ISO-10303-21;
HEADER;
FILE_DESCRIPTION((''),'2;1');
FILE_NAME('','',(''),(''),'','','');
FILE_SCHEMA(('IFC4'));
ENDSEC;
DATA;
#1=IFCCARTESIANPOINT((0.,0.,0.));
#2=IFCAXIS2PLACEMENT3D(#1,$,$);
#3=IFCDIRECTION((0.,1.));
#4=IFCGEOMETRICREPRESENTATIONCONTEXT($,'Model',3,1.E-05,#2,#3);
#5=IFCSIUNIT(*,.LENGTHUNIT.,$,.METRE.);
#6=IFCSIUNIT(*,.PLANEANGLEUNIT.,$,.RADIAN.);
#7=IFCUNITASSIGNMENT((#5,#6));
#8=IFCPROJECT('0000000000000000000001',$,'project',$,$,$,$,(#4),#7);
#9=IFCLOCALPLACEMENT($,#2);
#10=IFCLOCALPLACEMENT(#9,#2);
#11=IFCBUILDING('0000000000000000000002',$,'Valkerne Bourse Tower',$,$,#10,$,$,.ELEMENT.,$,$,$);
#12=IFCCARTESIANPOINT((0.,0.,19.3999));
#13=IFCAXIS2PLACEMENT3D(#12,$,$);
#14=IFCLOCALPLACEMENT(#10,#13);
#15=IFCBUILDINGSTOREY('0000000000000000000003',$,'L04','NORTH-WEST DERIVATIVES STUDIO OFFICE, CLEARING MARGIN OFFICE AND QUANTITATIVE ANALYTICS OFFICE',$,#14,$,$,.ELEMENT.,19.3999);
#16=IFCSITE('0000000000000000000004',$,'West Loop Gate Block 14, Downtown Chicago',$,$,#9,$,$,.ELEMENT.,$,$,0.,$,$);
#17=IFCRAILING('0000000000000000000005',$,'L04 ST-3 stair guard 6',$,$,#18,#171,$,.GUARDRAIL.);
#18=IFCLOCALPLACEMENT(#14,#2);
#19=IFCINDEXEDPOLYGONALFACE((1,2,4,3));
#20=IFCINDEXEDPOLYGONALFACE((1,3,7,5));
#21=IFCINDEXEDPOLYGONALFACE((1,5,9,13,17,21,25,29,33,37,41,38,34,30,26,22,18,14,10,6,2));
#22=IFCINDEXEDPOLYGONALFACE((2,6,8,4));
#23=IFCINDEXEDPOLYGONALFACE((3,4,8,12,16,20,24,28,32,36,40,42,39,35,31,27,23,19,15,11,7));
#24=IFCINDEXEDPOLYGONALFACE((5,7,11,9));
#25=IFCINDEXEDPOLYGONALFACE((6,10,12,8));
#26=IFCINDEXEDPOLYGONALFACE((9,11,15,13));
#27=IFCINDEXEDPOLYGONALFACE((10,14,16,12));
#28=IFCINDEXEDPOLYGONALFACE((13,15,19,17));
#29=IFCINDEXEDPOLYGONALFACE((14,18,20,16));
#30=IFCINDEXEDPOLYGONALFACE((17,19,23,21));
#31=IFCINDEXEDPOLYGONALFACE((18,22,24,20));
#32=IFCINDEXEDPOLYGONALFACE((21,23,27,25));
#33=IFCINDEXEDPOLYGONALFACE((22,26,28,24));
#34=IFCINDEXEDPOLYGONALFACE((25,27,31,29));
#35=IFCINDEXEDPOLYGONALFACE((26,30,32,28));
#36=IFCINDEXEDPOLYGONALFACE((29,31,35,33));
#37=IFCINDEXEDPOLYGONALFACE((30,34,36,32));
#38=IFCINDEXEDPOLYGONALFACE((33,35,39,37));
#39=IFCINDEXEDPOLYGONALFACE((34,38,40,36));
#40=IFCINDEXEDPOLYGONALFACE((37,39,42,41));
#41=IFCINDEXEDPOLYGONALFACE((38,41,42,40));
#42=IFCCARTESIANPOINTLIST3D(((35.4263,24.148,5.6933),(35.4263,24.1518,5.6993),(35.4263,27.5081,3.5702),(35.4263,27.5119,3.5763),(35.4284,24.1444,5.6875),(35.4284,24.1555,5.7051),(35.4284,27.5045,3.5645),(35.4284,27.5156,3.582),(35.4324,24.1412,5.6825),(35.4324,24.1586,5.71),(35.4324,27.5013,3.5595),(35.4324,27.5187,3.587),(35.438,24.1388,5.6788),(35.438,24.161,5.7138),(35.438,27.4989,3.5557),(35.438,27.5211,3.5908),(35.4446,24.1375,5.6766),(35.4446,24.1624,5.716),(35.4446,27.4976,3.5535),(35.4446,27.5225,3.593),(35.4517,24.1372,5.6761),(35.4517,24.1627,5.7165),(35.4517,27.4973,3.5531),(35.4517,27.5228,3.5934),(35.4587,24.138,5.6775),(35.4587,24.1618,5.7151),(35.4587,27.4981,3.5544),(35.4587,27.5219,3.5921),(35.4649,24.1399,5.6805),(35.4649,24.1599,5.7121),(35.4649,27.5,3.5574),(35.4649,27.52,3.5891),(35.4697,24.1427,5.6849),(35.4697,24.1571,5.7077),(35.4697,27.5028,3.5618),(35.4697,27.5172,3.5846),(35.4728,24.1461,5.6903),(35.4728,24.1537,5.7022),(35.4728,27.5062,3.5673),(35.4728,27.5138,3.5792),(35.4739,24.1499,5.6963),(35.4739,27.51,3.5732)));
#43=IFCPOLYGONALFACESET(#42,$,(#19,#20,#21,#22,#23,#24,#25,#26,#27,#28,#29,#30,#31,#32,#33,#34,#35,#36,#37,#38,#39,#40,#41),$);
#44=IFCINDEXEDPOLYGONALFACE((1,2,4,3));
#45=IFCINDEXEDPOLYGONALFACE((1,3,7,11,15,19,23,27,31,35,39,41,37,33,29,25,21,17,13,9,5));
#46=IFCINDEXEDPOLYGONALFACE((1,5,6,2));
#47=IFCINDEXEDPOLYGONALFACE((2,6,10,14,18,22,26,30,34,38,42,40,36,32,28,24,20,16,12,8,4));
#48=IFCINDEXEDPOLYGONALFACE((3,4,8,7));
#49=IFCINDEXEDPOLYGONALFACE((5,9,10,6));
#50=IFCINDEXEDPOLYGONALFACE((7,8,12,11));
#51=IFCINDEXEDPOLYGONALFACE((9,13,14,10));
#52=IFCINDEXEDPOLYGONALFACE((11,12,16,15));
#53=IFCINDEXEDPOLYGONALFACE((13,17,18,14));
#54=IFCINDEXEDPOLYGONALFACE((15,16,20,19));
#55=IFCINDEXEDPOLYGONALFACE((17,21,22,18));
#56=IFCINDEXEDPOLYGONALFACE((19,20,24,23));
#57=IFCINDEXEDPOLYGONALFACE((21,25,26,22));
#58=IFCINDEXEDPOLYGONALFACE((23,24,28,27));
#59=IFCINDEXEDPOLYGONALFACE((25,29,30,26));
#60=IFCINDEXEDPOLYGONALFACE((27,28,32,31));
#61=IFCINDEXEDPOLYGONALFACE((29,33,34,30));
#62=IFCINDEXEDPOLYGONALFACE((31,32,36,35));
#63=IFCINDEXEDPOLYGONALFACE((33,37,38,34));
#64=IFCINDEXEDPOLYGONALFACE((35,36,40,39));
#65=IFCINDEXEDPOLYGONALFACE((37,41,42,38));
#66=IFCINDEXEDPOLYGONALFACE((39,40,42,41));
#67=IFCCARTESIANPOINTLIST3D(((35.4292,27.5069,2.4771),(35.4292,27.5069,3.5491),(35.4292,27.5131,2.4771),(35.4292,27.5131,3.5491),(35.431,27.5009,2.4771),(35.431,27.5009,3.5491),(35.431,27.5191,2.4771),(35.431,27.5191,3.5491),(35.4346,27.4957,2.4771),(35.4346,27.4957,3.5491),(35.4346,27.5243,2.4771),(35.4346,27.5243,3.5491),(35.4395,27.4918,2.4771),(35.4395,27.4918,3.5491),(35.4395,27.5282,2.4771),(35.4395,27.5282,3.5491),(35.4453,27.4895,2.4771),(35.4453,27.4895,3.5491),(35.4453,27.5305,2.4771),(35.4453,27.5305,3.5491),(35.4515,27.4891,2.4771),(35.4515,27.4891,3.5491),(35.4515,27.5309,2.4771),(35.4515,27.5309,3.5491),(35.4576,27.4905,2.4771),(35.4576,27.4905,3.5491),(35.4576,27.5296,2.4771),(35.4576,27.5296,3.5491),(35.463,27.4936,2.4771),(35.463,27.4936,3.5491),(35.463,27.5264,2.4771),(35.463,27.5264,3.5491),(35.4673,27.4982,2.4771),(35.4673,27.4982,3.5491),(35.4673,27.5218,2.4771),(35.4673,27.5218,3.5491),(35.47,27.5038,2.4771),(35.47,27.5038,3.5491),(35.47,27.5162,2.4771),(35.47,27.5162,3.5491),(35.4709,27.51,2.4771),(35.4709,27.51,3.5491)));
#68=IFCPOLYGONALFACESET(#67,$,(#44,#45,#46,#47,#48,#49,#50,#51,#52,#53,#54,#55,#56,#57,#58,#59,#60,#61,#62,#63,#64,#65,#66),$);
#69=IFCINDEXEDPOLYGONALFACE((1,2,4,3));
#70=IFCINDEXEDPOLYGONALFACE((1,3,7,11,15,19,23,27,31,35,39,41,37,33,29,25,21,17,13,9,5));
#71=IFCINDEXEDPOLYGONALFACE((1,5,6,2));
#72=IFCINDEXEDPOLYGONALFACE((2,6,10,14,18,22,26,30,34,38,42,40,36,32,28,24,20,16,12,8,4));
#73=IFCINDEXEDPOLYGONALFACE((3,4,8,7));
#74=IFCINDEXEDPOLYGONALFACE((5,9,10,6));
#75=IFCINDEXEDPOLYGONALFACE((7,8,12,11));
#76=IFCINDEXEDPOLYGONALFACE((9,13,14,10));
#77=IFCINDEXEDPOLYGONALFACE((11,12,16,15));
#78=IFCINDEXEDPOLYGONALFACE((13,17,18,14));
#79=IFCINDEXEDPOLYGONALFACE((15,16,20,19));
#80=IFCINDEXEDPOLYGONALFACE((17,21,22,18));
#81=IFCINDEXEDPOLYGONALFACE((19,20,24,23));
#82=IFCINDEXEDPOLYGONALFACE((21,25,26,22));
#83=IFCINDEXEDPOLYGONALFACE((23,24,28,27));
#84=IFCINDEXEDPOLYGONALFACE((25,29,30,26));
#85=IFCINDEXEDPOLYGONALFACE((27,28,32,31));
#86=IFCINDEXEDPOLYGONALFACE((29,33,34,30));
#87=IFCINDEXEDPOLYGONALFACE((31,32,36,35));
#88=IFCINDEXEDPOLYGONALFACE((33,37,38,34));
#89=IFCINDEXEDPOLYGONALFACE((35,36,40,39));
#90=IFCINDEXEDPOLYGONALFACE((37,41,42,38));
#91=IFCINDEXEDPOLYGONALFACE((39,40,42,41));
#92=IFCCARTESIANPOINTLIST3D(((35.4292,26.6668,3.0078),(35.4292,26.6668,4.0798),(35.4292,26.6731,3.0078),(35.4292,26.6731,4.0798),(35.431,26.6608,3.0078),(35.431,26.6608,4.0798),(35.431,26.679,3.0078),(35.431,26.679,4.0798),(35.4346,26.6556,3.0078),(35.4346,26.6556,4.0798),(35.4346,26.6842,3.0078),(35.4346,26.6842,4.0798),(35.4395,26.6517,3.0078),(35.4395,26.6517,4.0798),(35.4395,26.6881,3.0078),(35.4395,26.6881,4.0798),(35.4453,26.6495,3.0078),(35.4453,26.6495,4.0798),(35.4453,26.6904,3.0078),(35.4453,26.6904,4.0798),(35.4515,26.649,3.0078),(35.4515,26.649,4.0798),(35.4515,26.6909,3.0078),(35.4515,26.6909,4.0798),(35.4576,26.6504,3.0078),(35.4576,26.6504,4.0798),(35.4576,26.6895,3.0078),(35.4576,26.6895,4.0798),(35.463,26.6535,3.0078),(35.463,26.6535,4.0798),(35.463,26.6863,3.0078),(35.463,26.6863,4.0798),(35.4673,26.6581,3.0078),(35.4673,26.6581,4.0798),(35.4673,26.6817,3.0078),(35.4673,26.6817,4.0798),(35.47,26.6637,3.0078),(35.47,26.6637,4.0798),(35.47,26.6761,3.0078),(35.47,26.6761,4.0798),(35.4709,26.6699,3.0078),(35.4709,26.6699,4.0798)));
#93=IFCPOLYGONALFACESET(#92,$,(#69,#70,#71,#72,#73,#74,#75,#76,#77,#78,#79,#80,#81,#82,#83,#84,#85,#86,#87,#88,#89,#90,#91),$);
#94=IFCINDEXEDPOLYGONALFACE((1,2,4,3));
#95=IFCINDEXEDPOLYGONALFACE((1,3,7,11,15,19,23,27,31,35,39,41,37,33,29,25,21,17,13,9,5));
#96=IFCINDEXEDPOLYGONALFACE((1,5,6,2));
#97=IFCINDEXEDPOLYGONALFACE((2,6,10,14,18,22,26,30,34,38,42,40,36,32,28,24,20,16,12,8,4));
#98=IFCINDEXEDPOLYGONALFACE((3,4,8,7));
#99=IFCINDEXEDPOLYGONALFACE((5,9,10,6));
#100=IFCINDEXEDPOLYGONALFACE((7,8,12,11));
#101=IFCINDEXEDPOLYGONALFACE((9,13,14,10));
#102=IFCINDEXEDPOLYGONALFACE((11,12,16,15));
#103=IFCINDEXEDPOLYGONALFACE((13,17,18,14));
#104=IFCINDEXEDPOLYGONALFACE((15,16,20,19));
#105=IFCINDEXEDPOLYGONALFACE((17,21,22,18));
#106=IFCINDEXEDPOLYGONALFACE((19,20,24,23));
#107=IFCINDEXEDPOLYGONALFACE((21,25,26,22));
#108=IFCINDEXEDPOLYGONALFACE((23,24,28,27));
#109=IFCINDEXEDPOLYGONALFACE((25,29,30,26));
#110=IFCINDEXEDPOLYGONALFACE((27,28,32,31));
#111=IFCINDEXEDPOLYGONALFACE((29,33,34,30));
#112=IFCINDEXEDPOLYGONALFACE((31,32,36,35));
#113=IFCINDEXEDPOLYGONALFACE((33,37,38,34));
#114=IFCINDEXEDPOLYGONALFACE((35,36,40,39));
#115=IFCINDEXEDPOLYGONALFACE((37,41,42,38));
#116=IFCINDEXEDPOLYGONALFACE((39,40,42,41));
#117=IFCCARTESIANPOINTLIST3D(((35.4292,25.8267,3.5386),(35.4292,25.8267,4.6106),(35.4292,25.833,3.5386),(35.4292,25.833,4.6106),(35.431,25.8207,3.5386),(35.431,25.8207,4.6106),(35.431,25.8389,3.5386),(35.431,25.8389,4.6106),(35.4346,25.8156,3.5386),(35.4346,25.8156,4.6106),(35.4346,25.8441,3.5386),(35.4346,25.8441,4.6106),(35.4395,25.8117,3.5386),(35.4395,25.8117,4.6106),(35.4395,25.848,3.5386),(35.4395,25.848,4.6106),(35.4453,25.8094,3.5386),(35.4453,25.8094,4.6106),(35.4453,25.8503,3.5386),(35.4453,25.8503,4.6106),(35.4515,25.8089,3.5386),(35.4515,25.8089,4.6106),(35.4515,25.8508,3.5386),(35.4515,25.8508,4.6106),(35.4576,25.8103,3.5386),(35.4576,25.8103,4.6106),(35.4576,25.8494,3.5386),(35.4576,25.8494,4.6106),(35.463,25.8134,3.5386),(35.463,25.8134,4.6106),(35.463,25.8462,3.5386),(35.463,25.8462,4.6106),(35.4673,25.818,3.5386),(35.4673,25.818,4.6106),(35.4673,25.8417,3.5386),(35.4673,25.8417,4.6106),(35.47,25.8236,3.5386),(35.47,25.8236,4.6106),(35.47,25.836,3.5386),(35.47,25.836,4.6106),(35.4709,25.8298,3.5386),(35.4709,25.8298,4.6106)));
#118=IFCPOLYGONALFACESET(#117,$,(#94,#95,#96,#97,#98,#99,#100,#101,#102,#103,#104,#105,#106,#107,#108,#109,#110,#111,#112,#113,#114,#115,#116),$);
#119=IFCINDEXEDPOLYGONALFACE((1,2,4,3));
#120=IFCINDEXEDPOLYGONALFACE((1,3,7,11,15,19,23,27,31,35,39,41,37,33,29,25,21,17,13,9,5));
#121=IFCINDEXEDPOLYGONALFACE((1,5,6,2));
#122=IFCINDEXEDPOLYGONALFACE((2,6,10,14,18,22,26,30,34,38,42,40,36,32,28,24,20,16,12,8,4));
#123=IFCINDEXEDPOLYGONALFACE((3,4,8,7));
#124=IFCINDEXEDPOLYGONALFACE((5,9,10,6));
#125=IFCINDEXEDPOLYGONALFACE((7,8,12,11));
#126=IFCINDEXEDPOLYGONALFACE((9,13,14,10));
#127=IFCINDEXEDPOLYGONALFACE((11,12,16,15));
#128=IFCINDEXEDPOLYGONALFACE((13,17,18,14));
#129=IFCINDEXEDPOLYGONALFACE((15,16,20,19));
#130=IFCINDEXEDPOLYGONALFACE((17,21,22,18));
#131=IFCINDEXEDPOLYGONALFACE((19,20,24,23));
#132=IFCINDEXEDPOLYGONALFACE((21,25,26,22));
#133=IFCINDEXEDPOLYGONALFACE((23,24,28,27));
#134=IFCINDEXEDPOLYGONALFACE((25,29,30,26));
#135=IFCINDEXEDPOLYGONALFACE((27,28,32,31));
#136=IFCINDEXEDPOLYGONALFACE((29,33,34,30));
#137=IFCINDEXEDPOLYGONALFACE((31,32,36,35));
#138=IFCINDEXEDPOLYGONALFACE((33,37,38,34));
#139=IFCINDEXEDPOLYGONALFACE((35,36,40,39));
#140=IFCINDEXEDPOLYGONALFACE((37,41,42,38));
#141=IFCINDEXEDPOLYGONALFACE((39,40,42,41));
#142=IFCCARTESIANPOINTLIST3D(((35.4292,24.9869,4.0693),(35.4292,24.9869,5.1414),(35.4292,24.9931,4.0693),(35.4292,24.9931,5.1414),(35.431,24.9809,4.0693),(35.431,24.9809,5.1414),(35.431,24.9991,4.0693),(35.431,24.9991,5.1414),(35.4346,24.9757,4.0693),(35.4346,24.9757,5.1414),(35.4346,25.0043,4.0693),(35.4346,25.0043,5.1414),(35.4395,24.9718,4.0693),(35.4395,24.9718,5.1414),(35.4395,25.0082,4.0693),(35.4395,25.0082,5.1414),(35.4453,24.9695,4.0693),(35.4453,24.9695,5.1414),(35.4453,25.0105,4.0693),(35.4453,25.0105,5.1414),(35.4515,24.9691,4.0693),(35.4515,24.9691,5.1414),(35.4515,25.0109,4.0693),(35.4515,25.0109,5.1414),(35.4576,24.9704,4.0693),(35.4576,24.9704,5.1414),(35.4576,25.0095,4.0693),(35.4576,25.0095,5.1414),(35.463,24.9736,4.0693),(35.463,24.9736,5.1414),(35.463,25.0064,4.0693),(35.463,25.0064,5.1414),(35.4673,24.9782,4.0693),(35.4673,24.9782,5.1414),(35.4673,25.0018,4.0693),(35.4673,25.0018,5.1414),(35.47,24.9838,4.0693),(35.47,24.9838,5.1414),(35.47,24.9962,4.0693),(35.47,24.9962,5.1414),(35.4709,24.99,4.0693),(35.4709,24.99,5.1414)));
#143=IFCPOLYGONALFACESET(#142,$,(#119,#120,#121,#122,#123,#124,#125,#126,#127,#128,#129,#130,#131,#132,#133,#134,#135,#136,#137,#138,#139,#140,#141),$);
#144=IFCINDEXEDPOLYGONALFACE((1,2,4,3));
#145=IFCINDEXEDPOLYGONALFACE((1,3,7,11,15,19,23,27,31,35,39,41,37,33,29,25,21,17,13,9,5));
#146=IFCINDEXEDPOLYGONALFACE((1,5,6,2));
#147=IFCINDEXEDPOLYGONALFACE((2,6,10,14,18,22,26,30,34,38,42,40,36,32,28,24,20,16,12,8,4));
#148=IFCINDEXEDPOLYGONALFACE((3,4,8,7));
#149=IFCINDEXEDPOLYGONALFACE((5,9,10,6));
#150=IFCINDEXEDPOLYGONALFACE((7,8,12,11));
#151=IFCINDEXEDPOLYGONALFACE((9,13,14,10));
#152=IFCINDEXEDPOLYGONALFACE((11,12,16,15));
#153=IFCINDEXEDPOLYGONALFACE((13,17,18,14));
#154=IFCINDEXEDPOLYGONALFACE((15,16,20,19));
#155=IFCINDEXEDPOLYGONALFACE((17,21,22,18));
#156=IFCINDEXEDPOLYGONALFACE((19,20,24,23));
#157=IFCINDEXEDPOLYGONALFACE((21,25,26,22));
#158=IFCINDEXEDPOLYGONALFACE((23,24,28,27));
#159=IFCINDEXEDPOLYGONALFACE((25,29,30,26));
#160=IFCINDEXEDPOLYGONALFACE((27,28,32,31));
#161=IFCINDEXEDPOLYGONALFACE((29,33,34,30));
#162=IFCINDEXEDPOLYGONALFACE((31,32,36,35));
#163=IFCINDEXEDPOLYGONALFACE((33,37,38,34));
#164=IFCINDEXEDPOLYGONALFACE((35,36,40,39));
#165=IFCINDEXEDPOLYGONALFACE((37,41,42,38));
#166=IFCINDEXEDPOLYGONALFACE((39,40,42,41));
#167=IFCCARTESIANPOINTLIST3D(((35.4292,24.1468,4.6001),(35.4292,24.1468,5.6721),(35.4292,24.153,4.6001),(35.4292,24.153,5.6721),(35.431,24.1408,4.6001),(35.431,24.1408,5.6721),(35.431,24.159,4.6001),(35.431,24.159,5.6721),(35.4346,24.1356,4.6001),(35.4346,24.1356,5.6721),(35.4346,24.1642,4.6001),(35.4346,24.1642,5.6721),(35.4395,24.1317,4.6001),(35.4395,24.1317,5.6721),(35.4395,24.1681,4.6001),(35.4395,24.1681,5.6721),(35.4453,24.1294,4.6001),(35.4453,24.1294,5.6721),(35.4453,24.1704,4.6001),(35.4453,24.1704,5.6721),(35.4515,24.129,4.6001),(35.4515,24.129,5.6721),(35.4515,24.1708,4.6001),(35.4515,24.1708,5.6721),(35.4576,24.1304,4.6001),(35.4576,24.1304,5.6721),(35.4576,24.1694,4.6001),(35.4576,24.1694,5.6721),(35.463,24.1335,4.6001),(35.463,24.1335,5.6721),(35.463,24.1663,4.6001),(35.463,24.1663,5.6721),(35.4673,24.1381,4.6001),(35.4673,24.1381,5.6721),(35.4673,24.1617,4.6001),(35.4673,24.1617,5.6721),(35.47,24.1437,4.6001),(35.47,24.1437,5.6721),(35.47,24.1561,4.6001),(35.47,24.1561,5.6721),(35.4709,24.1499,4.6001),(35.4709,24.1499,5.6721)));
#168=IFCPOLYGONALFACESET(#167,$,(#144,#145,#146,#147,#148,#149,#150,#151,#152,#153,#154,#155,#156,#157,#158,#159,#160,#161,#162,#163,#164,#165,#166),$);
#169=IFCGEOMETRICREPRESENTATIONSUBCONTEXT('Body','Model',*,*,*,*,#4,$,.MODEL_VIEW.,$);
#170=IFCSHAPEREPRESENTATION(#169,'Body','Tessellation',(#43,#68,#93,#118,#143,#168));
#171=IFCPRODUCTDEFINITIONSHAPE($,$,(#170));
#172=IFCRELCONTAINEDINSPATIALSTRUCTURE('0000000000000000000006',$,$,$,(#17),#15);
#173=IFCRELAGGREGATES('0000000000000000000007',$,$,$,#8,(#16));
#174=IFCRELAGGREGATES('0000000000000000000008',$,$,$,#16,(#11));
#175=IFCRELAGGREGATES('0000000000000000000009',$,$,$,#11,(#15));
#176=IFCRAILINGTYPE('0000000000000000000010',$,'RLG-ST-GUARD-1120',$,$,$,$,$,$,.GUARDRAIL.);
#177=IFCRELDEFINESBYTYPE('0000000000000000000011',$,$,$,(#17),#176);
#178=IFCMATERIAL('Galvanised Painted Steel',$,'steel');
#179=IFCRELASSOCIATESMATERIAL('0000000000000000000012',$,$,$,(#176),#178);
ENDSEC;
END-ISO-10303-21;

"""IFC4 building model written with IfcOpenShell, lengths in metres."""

from ifc_helpers import new_model, si_unit, direction, frame, origin, origin_2d, place, context, subcontext, project, spatial, circle, extrude, material, type_object, element, save


model = new_model("IFC4")

# Units and contexts
model_context = context("Model", 3, precision=1e-05, world=origin(), true_north=direction((0.0, 1.0)))
body_context = subcontext(model_context, "Body", "Model", "MODEL_VIEW")
ifc_project = project(units=[si_unit("LENGTHUNIT", "METRE"), si_unit("PLANEANGLEUNIT", "RADIAN")], contexts=[model_context])

# Site, building, storey
site_placement = place(None, origin())
site = spatial("IfcSite", under=ifc_project, at=site_placement, Name="West Loop Gate Block 14, Downtown Chicago", CompositionType="ELEMENT", RefElevation=0.0)
building_placement = place(site_placement, origin())
building = spatial("IfcBuilding", under=site, at=building_placement, Name="Valkerne Bourse Tower", CompositionType="ELEMENT")
storey_placement = place(building_placement, frame((0.0, 0.0, 19.3999)))
storey = spatial("IfcBuildingStorey", under=building, at=storey_placement, Name="L04", Description="NORTH-WEST DERIVATIVES STUDIO OFFICE, CLEARING MARGIN OFFICE AND QUANTITATIVE ANALYTICS OFFICE", CompositionType="ELEMENT", Elevation=19.3999)

# Shared definitions
ifc_material_1 = material(Name="Galvanised Painted Steel", Category="steel")

# Railing
railing_type_1 = type_object("IfcRailingType", Name="RLG-ST-GUARD-1120", PredefinedType="GUARDRAIL", material=ifc_material_1)
railing_1_placement = place(storey_placement, frame((35.45, 27.51, 2.4771)))
element("IfcRailing", 1, at=railing_1_placement, inside=storey, type_object=railing_type_1, Name="L04 ST-3 stair guard 6", PredefinedType="GUARDRAIL", context=body_context, shape_type="SweptSolid", body=[
    extrude(circle(Radius=0.0239, at=origin_2d()), frame((0.0, 0.0, 1.0962), z_axis=(0.0, -0.84539, 0.53415), x_axis=(1.0, 0.0, 0.0)), (0.0, 0.0, 1.0), 3.9746),
    extrude(circle(Radius=0.021, at=origin_2d()), origin(), (0.0, 0.0, 1.0), 1.072),
    extrude(circle(Radius=0.021, at=origin_2d()), frame((0.0, -0.8401, 0.5308)), (0.0, 0.0, 1.0), 1.072),
    extrude(circle(Radius=0.021, at=origin_2d()), frame((0.0, -1.6802, 1.0615)), (0.0, 0.0, 1.0), 1.072),
    extrude(circle(Radius=0.021, at=origin_2d()), frame((0.0, -2.52, 1.5923)), (0.0, 0.0, 1.0), 1.072),
    extrude(circle(Radius=0.021, at=origin_2d()), frame((0.0, -3.3601, 2.123)), (0.0, 0.0, 1.0), 1.072),
])

save(model, "model.ifc")
